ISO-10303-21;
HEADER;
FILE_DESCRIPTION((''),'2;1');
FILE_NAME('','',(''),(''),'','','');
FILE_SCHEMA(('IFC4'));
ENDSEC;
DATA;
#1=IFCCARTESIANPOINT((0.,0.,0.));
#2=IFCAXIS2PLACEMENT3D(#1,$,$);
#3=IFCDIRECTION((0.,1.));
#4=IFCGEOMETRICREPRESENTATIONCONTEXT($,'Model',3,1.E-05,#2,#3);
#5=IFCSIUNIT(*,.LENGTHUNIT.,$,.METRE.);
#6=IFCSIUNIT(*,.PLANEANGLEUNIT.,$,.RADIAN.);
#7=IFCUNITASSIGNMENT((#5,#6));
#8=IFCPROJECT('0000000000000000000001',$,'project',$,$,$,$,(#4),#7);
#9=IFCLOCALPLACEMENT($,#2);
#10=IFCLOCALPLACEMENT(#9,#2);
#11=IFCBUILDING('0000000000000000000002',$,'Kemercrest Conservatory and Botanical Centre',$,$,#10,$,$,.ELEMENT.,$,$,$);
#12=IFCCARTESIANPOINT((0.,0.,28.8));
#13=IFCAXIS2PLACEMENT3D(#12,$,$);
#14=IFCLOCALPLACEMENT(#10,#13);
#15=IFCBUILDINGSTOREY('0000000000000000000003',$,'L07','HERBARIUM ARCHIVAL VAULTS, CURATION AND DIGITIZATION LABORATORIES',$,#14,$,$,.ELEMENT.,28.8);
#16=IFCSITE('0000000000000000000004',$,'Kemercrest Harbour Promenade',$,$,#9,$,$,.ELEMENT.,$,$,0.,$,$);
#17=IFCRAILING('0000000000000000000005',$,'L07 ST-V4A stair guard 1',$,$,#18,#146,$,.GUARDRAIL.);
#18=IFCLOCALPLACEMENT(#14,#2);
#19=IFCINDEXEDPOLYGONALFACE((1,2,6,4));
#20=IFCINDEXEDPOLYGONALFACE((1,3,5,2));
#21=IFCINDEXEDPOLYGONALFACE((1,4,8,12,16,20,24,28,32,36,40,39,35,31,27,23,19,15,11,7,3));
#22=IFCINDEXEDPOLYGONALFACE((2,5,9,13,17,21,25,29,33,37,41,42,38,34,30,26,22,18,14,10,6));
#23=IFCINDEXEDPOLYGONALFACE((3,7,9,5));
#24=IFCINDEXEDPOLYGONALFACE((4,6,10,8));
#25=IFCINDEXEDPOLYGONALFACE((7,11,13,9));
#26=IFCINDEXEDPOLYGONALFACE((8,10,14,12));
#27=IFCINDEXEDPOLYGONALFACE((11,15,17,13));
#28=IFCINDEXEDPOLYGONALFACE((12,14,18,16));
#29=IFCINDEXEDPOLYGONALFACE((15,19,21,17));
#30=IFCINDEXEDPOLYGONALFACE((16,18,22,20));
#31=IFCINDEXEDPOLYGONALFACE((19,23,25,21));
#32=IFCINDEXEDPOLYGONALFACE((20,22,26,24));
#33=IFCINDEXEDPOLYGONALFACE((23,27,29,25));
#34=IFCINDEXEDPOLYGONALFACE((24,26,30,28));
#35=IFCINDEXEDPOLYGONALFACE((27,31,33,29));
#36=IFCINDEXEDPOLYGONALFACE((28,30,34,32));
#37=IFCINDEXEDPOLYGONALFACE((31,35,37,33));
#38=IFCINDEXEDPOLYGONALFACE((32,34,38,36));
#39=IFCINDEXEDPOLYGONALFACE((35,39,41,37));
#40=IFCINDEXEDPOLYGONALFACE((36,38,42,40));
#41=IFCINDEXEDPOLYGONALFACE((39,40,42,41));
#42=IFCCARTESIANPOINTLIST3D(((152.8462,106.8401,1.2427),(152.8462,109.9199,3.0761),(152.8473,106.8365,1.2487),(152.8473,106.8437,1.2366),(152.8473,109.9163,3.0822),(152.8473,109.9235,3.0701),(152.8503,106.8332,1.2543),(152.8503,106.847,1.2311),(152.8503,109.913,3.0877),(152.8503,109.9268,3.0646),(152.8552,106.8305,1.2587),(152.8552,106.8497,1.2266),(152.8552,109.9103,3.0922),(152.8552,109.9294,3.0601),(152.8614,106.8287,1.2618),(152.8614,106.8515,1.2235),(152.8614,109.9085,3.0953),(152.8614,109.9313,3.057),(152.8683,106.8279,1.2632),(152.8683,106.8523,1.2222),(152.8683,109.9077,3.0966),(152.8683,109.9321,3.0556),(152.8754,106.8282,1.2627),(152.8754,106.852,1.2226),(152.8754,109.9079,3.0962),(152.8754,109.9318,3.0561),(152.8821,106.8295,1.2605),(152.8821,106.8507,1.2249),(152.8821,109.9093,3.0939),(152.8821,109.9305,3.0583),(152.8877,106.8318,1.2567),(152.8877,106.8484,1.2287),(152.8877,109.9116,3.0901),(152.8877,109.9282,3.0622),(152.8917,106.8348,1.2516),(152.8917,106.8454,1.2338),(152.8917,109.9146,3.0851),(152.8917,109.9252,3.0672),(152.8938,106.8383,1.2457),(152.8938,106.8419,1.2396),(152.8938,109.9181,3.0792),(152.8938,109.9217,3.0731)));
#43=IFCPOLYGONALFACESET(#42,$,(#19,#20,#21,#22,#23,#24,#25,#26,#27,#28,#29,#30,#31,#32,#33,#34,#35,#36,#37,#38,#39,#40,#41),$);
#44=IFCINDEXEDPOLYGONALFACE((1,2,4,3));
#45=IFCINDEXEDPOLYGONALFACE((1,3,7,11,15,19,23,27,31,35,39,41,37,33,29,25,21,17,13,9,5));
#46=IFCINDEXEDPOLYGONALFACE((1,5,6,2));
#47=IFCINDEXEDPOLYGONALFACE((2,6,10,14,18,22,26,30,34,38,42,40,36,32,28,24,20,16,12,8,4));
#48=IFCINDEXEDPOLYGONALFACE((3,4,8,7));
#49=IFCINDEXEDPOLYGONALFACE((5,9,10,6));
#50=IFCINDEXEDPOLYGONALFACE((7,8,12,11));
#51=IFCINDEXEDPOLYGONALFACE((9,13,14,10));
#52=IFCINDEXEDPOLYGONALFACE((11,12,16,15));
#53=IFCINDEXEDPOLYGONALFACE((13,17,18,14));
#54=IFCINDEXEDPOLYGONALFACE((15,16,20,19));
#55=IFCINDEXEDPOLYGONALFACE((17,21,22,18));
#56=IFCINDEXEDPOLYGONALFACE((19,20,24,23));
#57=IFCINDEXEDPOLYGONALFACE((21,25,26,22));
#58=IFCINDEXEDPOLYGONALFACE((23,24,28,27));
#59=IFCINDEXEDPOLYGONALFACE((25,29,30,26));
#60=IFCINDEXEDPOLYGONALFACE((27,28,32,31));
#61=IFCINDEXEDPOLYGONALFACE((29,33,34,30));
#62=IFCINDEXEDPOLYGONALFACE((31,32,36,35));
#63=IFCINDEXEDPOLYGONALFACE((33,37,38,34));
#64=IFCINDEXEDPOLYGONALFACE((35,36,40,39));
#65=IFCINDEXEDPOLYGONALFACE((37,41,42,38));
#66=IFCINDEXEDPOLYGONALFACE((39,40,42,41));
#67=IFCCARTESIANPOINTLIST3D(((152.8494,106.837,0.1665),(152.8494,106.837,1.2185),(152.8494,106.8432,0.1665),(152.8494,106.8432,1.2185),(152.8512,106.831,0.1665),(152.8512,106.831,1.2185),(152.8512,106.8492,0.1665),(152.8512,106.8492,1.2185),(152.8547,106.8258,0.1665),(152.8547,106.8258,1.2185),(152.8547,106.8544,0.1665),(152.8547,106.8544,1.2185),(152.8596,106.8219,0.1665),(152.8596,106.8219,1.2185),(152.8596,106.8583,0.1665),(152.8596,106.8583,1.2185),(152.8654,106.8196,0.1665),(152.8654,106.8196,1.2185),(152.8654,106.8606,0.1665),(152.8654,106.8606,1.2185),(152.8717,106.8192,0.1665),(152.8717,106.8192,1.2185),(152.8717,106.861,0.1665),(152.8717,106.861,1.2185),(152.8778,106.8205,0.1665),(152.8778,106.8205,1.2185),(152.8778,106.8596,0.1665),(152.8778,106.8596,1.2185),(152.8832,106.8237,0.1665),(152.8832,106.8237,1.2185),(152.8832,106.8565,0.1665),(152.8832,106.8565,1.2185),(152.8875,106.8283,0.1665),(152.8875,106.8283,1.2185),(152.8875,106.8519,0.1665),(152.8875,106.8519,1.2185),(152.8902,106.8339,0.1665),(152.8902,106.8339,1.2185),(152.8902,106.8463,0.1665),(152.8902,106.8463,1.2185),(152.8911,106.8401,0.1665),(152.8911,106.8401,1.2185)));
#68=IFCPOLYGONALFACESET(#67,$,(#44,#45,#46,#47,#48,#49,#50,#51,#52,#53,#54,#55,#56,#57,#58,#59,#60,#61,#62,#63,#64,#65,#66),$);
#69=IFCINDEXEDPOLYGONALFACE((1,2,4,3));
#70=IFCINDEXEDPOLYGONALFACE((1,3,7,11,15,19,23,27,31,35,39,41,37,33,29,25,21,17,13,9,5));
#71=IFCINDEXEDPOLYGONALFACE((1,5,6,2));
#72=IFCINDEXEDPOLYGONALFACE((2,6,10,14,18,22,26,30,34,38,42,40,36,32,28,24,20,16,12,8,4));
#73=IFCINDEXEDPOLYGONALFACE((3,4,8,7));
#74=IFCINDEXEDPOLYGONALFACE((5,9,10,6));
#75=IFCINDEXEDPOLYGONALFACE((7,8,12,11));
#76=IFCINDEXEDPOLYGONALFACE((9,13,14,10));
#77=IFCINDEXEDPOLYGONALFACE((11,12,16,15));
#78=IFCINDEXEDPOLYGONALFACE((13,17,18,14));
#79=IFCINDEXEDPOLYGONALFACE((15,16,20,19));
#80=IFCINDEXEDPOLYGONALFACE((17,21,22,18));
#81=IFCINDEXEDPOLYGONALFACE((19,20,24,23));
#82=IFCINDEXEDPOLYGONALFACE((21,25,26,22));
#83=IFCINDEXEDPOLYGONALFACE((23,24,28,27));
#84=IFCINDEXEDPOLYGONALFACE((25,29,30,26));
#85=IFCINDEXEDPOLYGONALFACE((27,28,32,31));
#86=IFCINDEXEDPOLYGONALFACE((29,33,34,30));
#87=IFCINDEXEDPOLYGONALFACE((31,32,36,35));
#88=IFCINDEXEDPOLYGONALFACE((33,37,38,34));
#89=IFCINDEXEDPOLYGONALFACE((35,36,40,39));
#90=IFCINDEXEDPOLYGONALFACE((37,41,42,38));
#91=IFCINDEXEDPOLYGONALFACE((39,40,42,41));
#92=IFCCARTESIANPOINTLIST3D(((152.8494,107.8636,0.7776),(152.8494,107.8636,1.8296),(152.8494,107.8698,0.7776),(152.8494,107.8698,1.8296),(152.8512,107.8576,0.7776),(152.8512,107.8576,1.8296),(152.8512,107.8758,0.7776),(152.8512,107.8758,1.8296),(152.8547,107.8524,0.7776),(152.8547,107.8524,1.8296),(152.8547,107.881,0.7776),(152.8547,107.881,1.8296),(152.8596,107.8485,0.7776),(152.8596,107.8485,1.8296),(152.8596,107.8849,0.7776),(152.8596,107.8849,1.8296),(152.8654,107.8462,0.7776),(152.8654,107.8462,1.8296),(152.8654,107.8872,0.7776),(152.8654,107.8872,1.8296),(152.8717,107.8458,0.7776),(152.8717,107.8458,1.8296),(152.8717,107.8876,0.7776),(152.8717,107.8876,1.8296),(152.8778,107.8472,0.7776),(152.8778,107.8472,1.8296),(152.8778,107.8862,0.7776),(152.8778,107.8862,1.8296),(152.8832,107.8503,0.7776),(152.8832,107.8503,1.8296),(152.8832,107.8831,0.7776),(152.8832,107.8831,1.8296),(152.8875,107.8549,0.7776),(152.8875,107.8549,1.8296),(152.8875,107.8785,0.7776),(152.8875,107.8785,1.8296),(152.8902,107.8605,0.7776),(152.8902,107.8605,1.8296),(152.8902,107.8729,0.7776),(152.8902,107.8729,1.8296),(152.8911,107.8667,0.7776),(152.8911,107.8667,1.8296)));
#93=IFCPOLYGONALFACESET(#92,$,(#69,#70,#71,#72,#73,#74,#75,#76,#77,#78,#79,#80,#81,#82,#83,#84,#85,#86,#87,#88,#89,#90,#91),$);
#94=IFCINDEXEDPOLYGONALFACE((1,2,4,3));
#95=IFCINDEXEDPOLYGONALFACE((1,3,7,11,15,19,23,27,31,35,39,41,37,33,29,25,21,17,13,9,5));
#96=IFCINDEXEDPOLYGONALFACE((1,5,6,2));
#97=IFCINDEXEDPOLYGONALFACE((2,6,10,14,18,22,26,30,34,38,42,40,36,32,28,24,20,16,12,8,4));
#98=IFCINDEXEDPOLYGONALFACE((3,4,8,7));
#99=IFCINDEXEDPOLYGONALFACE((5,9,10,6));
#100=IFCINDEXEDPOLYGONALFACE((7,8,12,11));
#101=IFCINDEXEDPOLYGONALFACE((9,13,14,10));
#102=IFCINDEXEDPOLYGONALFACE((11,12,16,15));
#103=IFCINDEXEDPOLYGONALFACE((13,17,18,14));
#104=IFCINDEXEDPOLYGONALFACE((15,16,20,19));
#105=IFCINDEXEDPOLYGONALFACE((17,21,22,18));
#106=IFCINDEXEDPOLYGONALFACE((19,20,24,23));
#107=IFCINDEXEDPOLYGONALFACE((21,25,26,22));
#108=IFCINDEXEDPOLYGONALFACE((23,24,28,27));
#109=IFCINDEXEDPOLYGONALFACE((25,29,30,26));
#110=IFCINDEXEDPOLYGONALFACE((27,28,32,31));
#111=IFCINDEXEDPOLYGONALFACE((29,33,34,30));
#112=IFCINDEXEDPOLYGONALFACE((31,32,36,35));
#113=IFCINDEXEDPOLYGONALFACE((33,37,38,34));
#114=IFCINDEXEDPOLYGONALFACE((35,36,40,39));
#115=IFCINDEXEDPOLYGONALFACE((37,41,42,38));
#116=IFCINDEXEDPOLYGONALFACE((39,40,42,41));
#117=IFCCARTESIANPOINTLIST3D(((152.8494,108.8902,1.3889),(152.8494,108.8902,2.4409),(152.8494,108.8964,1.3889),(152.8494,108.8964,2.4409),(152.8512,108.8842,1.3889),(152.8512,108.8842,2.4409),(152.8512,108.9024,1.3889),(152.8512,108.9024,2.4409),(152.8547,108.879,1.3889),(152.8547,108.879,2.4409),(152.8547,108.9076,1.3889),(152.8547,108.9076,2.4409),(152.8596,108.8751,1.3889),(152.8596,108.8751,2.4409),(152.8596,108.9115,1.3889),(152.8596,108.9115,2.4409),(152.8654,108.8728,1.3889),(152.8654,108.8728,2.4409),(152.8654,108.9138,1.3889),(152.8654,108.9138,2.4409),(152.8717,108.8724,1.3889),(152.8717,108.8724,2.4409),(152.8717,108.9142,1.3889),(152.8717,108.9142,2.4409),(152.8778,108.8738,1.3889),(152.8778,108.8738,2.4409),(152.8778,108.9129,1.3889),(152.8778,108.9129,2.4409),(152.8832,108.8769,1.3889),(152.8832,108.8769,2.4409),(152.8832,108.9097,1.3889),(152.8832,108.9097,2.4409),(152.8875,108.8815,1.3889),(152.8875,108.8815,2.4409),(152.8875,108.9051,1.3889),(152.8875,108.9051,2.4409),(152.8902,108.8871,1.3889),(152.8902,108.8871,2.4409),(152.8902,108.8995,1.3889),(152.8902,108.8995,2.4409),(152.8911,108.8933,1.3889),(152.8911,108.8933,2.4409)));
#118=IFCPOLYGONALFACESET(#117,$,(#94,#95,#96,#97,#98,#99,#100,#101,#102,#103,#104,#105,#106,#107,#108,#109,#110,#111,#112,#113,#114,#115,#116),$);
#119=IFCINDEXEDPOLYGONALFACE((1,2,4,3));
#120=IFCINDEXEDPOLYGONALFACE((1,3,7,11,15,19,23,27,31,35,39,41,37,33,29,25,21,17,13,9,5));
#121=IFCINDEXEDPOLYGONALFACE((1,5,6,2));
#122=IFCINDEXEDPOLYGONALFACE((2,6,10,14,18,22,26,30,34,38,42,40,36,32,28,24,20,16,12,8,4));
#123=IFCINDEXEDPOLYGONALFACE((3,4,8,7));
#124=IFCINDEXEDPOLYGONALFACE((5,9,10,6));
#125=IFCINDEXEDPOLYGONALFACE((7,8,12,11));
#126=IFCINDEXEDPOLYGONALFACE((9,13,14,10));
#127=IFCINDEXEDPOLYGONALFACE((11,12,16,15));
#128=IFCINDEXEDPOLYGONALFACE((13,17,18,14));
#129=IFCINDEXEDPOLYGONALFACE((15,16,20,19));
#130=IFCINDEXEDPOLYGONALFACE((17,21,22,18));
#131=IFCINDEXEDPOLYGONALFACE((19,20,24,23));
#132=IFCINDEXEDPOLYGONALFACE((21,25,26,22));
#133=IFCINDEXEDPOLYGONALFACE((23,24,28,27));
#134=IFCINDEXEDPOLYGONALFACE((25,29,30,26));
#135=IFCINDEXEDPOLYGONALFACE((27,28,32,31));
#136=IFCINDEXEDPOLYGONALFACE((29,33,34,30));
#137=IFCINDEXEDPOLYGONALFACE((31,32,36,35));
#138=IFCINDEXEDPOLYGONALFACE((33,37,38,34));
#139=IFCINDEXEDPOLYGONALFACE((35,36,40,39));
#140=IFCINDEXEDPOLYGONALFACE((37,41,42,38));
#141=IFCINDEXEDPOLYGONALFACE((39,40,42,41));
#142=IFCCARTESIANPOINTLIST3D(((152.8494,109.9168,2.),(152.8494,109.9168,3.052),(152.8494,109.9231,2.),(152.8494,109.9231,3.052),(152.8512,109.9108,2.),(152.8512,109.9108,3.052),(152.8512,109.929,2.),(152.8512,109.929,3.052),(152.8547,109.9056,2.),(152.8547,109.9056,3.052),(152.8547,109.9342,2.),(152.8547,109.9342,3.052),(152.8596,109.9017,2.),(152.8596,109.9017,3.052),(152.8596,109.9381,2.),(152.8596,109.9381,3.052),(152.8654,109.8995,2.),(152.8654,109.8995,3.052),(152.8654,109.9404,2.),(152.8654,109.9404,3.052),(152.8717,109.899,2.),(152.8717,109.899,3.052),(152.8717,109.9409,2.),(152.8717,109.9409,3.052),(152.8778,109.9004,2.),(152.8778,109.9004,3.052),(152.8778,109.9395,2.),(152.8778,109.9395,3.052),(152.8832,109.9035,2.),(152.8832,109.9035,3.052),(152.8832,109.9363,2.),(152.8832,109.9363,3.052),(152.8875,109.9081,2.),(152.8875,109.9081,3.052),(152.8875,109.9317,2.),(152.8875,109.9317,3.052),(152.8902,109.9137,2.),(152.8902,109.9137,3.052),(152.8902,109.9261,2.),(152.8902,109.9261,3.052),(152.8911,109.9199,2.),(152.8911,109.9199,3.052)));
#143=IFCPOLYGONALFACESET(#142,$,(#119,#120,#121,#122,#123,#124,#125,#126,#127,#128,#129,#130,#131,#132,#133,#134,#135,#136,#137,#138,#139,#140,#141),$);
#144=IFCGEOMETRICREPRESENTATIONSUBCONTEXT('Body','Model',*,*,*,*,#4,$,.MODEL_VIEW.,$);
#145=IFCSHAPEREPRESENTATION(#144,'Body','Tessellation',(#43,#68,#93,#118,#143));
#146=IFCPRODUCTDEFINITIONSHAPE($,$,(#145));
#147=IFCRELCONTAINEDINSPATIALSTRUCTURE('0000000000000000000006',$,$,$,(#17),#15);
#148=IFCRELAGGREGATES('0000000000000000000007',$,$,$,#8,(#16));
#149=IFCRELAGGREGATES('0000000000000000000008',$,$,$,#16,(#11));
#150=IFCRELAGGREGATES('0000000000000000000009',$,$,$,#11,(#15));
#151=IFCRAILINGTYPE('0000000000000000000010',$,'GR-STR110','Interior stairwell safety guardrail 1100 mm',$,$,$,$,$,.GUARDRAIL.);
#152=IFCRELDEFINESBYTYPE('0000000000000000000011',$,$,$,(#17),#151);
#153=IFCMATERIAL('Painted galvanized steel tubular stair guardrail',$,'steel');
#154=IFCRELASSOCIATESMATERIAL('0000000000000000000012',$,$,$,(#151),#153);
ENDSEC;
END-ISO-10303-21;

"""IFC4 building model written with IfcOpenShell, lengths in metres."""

from ifc_helpers import new_model, si_unit, direction, frame, origin, origin_2d, place, context, subcontext, project, spatial, circle, extrude, material, type_object, element, save


model = new_model("IFC4")

# Units and contexts
model_context = context("Model", 3, precision=1e-05, world=origin(), true_north=direction((0.0, 1.0)))
body_context = subcontext(model_context, "Body", "Model", "MODEL_VIEW")
ifc_project = project(units=[si_unit("LENGTHUNIT", "METRE"), si_unit("PLANEANGLEUNIT", "RADIAN")], contexts=[model_context])

# Site, building, storey
site_placement = place(None, origin())
site = spatial("IfcSite", under=ifc_project, at=site_placement, Name="Kemercrest Harbour Promenade", CompositionType="ELEMENT", RefElevation=0.0)
building_placement = place(site_placement, origin())
building = spatial("IfcBuilding", under=site, at=building_placement, Name="Kemercrest Conservatory and Botanical Centre", CompositionType="ELEMENT")
storey_placement = place(building_placement, frame((0.0, 0.0, 28.8)))
storey = spatial("IfcBuildingStorey", under=building, at=storey_placement, Name="L07", Description="HERBARIUM ARCHIVAL VAULTS, CURATION AND DIGITIZATION LABORATORIES", CompositionType="ELEMENT", Elevation=28.8)

# Railing
ifc_material_1 = material(Name="Painted galvanized steel tubular stair guardrail", Category="steel")
railing_type_1 = type_object("IfcRailingType", Name="GR-STR110", Description="Interior stairwell safety guardrail 1100 mm", PredefinedType="GUARDRAIL", material=ifc_material_1)
railing_1_placement = place(storey_placement, frame((152.8701, 106.8401, 0.1665)))
element("IfcRailing", 1, at=railing_1_placement, inside=storey, type_object=railing_type_1, Name="L07 ST-V4A stair guard 1", PredefinedType="GUARDRAIL", context=body_context, shape_type="SweptSolid", body=[
    extrude(circle(Radius=0.0239, at=origin_2d()), frame((0.0, 0.0, 1.0762), z_axis=(0.0, 0.859261, 0.511538), x_axis=(-1.0, 0.0, 0.0)), (0.0, 0.0, 1.0), 3.5842),
    extrude(circle(Radius=0.021, at=origin_2d()), origin(), (0.0, 0.0, 1.0), 1.052),
    extrude(circle(Radius=0.021, at=origin_2d()), frame((0.0, 1.0266, 0.6111)), (0.0, 0.0, 1.0), 1.052),
    extrude(circle(Radius=0.021, at=origin_2d()), frame((0.0, 2.0532, 1.2224)), (0.0, 0.0, 1.0), 1.052),
    extrude(circle(Radius=0.021, at=origin_2d()), frame((0.0, 3.0798, 1.8335)), (0.0, 0.0, 1.0), 1.052),
])

save(model, "model.ifc")
